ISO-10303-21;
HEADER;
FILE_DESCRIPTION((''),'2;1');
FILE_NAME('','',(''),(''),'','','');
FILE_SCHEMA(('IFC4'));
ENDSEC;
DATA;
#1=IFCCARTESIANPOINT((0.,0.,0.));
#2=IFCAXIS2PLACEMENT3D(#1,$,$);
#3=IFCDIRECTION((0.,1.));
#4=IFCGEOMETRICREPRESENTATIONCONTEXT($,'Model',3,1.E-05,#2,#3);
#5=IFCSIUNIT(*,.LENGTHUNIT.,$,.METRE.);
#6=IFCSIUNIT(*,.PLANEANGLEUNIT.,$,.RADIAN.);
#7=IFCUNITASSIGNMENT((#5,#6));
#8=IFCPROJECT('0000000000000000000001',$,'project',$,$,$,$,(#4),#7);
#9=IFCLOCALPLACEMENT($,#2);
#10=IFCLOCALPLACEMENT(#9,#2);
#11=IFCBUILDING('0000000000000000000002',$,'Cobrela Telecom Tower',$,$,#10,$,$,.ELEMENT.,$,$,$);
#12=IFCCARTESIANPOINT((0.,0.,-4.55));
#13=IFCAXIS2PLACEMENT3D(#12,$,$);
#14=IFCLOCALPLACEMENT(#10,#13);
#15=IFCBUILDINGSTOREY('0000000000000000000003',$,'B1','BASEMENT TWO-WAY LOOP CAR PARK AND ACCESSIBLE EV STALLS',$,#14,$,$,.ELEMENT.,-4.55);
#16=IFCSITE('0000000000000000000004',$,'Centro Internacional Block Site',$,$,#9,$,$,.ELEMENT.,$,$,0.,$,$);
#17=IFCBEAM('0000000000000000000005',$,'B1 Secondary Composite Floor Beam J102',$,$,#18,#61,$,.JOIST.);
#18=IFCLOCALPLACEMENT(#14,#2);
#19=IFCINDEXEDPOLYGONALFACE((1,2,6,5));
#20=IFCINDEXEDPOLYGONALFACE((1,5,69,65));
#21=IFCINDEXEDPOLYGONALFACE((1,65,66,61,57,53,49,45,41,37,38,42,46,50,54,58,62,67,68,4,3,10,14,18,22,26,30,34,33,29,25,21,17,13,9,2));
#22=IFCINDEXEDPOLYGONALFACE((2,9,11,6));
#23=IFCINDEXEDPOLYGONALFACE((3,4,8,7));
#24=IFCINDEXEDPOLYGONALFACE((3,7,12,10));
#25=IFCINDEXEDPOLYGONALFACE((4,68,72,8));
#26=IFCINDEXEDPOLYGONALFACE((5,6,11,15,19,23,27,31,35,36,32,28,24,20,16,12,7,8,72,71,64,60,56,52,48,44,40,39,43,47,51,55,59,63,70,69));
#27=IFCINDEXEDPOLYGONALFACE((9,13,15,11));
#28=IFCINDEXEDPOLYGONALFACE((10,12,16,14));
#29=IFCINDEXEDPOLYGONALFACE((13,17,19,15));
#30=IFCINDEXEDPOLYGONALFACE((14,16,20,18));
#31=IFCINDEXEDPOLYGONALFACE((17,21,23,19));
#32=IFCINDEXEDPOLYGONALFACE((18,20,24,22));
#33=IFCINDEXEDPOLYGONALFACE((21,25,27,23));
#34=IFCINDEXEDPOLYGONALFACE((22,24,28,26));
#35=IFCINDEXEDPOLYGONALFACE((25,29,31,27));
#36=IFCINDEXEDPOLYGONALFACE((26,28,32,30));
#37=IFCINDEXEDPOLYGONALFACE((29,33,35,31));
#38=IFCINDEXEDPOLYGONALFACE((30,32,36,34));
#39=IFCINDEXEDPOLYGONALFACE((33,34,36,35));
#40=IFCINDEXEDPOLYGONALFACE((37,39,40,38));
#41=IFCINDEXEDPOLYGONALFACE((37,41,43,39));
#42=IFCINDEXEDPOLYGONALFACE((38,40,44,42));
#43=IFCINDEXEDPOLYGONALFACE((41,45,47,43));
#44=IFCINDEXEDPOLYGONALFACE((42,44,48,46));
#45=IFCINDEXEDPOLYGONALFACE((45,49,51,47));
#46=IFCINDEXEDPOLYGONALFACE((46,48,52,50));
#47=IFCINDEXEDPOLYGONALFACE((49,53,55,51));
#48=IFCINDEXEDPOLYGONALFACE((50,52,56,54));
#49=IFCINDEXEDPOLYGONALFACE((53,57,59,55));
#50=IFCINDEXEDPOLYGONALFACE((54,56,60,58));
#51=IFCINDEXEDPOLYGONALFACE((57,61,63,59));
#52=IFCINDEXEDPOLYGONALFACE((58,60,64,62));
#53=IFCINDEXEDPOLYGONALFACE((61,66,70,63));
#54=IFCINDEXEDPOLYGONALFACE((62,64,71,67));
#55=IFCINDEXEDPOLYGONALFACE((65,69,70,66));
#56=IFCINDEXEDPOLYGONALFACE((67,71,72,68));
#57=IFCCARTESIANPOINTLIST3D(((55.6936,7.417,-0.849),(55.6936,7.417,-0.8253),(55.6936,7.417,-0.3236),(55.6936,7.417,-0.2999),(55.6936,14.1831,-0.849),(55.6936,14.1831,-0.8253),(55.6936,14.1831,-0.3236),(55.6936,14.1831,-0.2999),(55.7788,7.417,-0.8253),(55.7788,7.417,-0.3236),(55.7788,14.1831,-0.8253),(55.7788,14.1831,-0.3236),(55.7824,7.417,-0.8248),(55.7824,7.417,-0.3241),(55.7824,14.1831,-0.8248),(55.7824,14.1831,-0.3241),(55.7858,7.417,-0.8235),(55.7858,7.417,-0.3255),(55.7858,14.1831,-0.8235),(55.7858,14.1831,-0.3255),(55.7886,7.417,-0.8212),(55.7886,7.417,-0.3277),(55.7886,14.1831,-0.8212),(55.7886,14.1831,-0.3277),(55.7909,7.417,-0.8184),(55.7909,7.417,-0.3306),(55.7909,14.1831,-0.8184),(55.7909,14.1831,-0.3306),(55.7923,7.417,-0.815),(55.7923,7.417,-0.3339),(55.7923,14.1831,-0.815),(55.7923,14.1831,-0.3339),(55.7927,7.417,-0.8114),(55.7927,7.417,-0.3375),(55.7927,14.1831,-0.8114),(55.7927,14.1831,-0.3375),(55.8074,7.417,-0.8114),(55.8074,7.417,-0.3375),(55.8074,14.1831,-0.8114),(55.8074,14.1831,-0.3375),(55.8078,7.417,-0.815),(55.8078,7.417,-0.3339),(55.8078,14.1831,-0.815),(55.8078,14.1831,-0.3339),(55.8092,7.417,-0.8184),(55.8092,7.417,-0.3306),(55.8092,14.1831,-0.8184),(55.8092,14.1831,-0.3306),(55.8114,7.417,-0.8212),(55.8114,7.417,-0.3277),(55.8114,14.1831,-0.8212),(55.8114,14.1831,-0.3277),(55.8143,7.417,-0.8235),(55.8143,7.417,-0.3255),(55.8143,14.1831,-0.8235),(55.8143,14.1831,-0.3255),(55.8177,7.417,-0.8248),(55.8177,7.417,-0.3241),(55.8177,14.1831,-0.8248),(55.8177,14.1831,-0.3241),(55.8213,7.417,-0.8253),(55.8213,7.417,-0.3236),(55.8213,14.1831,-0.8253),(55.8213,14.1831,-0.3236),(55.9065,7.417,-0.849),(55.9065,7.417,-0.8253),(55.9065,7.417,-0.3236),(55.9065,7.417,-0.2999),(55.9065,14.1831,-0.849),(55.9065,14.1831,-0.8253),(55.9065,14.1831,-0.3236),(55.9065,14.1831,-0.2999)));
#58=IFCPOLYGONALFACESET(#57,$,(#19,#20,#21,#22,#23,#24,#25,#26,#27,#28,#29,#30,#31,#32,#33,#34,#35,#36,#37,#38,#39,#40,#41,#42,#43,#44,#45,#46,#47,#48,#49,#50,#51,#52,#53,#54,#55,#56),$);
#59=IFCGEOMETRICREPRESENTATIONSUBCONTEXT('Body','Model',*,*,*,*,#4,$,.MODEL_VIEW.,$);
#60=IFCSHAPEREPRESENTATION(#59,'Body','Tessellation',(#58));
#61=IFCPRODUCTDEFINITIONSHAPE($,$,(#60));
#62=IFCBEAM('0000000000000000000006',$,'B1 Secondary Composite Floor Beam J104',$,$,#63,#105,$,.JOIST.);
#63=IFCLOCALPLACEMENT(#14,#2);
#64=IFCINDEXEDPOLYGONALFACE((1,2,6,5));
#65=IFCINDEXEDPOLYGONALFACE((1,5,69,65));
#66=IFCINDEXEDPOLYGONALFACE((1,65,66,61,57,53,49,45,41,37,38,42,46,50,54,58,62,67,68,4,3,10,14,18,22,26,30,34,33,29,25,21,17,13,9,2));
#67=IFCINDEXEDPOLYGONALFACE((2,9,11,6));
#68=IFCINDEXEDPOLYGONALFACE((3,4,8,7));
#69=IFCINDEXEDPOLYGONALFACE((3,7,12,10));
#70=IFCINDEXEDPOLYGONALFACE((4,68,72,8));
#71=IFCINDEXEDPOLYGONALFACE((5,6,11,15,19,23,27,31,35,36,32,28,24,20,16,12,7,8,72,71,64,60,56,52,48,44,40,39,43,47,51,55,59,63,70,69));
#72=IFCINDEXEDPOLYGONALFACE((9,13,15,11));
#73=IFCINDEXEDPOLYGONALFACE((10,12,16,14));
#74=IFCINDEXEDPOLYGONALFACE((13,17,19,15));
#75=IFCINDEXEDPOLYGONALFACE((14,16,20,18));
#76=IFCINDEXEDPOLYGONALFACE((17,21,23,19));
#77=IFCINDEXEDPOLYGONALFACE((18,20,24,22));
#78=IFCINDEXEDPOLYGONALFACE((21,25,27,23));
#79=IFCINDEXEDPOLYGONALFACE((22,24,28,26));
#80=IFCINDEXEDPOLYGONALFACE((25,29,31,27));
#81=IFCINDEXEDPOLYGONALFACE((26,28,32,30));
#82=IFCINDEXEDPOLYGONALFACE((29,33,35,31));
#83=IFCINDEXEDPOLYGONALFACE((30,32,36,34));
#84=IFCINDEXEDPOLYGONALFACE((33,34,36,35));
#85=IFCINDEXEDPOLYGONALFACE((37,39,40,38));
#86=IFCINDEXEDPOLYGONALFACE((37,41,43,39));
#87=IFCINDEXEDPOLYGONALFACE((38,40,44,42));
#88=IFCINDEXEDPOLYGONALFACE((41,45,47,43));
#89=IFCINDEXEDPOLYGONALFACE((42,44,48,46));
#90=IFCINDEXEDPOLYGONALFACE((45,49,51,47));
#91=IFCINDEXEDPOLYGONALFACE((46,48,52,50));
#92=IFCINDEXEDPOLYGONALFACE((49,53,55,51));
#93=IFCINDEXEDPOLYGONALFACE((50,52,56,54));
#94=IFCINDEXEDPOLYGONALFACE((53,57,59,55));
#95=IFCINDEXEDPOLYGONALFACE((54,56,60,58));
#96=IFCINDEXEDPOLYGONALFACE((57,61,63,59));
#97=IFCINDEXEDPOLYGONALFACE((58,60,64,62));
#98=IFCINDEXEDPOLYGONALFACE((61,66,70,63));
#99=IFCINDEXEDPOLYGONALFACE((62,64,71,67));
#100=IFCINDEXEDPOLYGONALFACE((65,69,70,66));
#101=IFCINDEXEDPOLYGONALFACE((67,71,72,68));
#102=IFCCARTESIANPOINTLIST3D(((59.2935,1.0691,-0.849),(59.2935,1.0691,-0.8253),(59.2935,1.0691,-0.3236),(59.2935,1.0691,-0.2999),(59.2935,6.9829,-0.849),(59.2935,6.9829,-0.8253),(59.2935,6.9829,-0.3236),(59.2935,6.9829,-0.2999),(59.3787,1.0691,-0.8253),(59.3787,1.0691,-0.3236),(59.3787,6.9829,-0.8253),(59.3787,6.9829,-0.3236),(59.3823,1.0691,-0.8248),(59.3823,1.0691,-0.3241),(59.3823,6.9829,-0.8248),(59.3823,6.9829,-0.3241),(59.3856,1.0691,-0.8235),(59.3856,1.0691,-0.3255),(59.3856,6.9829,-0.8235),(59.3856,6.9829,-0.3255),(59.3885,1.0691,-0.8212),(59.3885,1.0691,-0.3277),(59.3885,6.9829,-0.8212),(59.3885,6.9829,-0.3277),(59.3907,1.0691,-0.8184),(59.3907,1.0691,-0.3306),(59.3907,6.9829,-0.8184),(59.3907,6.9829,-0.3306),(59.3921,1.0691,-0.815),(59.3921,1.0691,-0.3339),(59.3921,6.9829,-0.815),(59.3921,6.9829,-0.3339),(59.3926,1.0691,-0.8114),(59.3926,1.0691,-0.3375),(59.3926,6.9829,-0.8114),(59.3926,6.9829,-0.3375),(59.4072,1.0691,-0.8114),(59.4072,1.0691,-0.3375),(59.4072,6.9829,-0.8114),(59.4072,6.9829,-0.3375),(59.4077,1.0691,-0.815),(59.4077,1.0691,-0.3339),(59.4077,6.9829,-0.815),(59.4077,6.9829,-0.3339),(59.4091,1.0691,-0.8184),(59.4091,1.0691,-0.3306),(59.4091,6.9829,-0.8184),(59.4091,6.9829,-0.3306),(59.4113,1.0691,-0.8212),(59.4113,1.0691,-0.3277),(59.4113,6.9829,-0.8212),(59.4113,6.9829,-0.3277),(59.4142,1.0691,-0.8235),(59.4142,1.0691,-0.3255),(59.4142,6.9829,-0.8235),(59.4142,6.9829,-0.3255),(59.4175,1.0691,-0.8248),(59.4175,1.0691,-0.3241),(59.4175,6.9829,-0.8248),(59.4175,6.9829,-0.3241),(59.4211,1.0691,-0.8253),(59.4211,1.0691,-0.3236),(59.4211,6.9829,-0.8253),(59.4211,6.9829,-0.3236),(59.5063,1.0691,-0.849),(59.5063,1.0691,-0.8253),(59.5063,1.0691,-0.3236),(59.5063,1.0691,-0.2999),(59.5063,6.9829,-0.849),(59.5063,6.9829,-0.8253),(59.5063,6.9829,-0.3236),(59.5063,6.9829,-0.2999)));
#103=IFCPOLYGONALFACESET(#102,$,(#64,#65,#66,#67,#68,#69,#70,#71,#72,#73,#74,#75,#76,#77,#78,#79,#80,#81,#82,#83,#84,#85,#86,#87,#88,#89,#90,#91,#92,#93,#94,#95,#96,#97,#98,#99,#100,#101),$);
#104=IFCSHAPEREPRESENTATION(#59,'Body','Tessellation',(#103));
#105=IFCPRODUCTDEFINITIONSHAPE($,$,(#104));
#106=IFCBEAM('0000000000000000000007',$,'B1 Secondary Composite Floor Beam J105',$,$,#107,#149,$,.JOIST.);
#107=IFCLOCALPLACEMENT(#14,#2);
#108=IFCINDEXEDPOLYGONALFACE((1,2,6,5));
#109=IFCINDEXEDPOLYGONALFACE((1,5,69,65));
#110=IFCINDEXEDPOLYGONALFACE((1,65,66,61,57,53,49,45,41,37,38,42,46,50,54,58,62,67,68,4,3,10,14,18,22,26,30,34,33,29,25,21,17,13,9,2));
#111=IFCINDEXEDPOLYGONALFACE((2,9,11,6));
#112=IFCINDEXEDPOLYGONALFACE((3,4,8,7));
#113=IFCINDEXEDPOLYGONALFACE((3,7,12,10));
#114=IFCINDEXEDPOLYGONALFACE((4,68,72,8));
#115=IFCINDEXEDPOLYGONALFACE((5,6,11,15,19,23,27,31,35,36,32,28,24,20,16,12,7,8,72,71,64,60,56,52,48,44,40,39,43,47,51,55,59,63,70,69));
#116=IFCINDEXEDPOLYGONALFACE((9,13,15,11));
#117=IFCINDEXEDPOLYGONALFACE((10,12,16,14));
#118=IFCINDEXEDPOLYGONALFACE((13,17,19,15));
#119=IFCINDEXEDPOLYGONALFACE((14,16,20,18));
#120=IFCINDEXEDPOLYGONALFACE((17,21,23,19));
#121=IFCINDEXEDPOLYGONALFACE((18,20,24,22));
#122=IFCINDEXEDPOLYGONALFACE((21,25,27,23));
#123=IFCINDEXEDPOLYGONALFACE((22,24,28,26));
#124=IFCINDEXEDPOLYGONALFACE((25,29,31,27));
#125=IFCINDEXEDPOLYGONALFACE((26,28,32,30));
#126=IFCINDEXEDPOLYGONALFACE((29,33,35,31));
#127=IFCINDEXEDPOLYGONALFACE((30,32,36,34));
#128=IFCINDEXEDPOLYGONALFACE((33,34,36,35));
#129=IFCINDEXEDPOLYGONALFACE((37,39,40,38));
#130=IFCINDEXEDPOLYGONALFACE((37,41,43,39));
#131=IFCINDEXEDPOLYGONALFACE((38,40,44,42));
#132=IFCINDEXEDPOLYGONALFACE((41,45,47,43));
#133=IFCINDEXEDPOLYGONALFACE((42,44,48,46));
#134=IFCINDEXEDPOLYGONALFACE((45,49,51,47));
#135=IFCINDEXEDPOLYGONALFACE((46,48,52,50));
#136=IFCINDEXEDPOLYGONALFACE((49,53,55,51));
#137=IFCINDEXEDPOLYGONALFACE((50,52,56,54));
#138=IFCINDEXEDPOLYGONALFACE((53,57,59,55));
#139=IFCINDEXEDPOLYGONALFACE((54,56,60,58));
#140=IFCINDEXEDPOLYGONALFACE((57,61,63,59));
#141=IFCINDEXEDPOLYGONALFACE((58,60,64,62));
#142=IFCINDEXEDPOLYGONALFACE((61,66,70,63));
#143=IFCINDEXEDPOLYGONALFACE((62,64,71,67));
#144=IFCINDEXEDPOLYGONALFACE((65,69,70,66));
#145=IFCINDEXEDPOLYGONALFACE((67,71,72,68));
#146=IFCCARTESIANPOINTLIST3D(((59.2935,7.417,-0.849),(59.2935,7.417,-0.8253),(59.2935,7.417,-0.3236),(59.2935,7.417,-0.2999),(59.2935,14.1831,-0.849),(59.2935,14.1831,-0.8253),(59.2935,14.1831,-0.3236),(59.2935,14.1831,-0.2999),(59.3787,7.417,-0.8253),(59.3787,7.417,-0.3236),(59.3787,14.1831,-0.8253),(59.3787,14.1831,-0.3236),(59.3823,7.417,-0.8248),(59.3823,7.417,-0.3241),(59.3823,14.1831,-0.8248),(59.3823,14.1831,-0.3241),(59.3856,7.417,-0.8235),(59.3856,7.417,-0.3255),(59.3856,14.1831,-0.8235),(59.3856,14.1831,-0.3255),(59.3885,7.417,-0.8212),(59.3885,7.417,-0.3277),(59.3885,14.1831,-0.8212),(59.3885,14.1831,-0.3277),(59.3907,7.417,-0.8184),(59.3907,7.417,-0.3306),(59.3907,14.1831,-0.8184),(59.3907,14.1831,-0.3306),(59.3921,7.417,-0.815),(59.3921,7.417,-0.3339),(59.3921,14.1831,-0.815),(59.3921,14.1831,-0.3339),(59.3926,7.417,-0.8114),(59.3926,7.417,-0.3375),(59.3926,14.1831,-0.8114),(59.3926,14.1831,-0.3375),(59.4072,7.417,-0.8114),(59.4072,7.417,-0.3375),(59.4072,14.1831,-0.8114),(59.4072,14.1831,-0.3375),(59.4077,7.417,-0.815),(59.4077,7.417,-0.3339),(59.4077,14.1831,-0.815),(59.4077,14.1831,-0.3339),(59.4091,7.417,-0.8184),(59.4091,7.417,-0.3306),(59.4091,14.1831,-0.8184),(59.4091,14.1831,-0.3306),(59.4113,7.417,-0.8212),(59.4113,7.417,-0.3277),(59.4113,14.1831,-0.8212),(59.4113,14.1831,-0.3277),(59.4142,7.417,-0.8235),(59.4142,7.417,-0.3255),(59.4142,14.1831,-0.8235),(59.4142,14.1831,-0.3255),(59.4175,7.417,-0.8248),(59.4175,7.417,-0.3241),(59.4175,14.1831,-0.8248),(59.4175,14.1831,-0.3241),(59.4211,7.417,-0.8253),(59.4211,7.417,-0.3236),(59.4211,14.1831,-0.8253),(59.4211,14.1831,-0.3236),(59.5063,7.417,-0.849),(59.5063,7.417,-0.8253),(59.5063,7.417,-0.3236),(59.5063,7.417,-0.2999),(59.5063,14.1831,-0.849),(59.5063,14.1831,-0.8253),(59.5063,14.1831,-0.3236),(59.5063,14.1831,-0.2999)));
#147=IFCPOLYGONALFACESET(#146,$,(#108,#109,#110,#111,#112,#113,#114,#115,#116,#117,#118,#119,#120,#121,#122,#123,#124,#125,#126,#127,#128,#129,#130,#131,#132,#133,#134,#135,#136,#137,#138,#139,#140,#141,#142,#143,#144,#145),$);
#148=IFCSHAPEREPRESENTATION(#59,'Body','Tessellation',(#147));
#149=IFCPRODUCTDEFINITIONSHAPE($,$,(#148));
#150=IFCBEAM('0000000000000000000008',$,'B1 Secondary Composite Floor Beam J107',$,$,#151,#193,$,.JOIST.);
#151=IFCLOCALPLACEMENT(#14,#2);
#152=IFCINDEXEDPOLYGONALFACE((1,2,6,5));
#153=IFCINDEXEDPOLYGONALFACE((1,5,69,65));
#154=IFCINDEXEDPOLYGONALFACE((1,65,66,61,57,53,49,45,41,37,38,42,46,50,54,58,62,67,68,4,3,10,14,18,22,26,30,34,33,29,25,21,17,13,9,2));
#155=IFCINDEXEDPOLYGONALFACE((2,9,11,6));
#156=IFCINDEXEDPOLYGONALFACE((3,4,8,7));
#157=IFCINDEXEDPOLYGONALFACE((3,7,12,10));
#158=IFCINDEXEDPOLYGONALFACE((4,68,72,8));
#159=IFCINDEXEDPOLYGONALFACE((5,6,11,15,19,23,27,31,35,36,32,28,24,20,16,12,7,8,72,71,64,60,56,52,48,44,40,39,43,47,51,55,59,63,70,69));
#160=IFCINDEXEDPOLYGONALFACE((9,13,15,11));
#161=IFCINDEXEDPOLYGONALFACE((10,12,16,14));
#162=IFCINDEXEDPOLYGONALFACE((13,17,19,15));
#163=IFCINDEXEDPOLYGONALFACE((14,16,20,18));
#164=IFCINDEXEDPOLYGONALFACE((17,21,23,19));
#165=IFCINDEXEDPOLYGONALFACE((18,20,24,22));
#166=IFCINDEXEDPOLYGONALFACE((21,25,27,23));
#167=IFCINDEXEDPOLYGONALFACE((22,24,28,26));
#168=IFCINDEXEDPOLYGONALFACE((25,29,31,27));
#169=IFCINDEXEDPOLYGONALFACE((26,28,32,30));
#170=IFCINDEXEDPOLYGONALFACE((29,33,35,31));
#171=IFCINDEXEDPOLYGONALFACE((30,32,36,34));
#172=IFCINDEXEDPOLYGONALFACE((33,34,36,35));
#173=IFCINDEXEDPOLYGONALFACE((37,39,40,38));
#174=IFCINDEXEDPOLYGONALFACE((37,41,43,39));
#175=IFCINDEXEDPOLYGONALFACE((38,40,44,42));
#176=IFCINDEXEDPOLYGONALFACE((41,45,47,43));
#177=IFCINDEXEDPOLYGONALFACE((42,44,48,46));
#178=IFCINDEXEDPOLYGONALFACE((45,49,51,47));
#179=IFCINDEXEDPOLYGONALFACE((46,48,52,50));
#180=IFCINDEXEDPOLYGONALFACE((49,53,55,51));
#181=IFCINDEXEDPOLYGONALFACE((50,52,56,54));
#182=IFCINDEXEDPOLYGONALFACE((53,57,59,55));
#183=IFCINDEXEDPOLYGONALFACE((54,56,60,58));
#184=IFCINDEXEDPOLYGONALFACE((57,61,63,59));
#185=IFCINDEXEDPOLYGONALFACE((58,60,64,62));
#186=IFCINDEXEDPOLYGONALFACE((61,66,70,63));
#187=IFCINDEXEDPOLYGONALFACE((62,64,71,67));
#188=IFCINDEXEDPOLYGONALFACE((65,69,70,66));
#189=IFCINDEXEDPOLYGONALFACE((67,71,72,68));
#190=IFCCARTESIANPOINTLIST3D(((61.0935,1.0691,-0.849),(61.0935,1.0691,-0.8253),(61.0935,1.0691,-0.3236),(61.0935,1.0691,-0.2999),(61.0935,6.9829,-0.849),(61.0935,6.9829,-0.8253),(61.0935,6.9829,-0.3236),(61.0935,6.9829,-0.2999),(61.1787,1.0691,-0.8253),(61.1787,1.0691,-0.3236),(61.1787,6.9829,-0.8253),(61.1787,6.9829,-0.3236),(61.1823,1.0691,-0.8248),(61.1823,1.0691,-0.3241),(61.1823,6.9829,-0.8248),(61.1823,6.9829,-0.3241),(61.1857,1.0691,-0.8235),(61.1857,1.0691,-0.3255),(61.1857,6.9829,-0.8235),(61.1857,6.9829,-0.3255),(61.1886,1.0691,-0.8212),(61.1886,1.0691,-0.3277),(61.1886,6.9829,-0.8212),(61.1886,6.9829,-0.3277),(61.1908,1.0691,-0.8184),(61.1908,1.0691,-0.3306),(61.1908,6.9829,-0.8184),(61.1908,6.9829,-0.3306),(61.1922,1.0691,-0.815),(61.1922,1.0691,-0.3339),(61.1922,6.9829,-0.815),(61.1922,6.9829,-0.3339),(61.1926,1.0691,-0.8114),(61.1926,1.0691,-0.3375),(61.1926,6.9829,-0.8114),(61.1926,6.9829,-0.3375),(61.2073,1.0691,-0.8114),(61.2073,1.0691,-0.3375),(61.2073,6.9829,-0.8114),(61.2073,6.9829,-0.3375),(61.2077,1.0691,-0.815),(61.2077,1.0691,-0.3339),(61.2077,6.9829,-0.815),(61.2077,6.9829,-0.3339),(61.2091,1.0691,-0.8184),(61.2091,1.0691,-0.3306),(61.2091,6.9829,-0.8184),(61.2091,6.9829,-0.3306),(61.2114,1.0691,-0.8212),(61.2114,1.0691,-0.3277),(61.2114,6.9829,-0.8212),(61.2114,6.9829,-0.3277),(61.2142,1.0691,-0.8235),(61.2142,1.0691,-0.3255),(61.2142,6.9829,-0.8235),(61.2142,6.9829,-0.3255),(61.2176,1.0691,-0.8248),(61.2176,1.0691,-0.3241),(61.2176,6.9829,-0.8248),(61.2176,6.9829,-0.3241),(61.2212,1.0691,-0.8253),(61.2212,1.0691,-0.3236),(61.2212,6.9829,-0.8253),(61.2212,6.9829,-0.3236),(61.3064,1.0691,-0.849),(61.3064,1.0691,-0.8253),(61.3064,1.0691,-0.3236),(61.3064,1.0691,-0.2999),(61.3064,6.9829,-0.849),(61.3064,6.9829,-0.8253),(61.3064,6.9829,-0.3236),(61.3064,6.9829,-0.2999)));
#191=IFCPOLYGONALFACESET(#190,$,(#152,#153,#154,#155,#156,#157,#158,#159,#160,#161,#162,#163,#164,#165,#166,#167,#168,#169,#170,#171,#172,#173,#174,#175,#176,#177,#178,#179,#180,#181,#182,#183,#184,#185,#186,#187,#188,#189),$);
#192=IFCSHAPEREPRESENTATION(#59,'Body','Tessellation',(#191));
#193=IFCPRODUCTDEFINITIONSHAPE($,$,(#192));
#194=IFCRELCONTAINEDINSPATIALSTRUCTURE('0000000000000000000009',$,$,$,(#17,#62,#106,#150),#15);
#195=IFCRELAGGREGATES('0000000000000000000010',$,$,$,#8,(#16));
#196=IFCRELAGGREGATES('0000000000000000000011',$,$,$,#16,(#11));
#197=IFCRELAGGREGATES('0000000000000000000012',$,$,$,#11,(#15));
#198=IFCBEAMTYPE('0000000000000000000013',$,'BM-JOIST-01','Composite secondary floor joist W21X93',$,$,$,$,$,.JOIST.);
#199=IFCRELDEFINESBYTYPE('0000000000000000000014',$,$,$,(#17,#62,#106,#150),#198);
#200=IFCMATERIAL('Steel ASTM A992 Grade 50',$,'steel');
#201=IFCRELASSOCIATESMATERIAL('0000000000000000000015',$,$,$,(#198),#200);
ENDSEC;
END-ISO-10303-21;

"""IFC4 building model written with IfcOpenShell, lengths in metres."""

from ifc_helpers import new_model, si_unit, direction, frame, origin, origin_2d, place, context, subcontext, project, spatial, i_section, extrude, material, material_profile, profile_set, type_object, element, save


model = new_model("IFC4")

# Units and contexts
model_context = context("Model", 3, precision=1e-05, world=origin(), true_north=direction((0.0, 1.0)))
body_context = subcontext(model_context, "Body", "Model", "MODEL_VIEW")
ifc_project = project(units=[si_unit("LENGTHUNIT", "METRE"), si_unit("PLANEANGLEUNIT", "RADIAN")], contexts=[model_context])

# Site, building, storey
site_placement = place(None, origin())
site = spatial("IfcSite", under=ifc_project, at=site_placement, Name="Centro Internacional Block Site", CompositionType="ELEMENT", RefElevation=0.0)
building_placement = place(site_placement, origin())
building = spatial("IfcBuilding", under=site, at=building_placement, Name="Cobrela Telecom Tower", CompositionType="ELEMENT")
storey_placement = place(building_placement, frame((0.0, 0.0, -4.55)))
storey = spatial("IfcBuildingStorey", under=building, at=storey_placement, Name="B1", Description="BASEMENT TWO-WAY LOOP CAR PARK AND ACCESSIBLE EV STALLS", CompositionType="ELEMENT", Elevation=-4.55)

# Beams
ifc_material_1 = material(Name="Steel ASTM A992 Grade 50", Category="steel")
ifc_material_profile_1 = material_profile(ifc_material_1, i_section(OverallWidth=0.2129, OverallDepth=0.5491, WebThickness=0.0146, FlangeThickness=0.0237, FilletRadius=0.0139, at=origin_2d()), Name="W21X93")
ifc_profile_set_1 = profile_set([ifc_material_profile_1], Name="Steel ASTM A992 Grade 50")
beam_type_1 = type_object("IfcBeamType", Name="BM-JOIST-01", Description="Composite secondary floor joist W21X93", PredefinedType="JOIST", material=ifc_profile_set_1)
beam_1_placement = place(storey_placement, frame((55.8, 7.417, -0.5745), z_axis=(0.0, 1.0, 0.0), x_axis=(-1.0, 0.0, 0.0)))
element("IfcBeam", 1, at=beam_1_placement, inside=storey, type_object=beam_type_1, Name="B1 Secondary Composite Floor Beam J102", PredefinedType="JOIST", context=body_context, shape_type="SweptSolid", body=[
    extrude(i_section(OverallWidth=0.2129, OverallDepth=0.5491, WebThickness=0.0146, FlangeThickness=0.0237, FilletRadius=0.0139, at=origin_2d()), origin(), (0.0, 0.0, 1.0), 6.7661),
])
beam_2_placement = place(storey_placement, frame((59.3999, 1.0691, -0.5745), z_axis=(0.0, 1.0, 0.0), x_axis=(-1.0, 0.0, 0.0)))
element("IfcBeam", 2, at=beam_2_placement, inside=storey, type_object=beam_type_1, Name="B1 Secondary Composite Floor Beam J104", PredefinedType="JOIST", context=body_context, shape_type="SweptSolid", body=[
    extrude(i_section(OverallWidth=0.2129, OverallDepth=0.5491, WebThickness=0.0146, FlangeThickness=0.0237, FilletRadius=0.0139, at=origin_2d()), origin(), (0.0, 0.0, 1.0), 5.9138),
])
beam_3_placement = place(storey_placement, frame((59.3999, 7.417, -0.5745), z_axis=(0.0, 1.0, 0.0), x_axis=(-1.0, 0.0, 0.0)))
element("IfcBeam", 3, at=beam_3_placement, inside=storey, type_object=beam_type_1, Name="B1 Secondary Composite Floor Beam J105", PredefinedType="JOIST", context=body_context, shape_type="SweptSolid", body=[
    extrude(i_section(OverallWidth=0.2129, OverallDepth=0.5491, WebThickness=0.0146, FlangeThickness=0.0237, FilletRadius=0.0139, at=origin_2d()), origin(), (0.0, 0.0, 1.0), 6.7661),
])
beam_4_placement = place(storey_placement, frame((61.2, 1.0691, -0.5745), z_axis=(0.0, 1.0, 0.0), x_axis=(-1.0, 0.0, 0.0)))
element("IfcBeam", 4, at=beam_4_placement, inside=storey, type_object=beam_type_1, Name="B1 Secondary Composite Floor Beam J107", PredefinedType="JOIST", context=body_context, shape_type="SweptSolid", body=[
    extrude(i_section(OverallWidth=0.2129, OverallDepth=0.5491, WebThickness=0.0146, FlangeThickness=0.0237, FilletRadius=0.0139, at=origin_2d()), origin(), (0.0, 0.0, 1.0), 5.9138),
])

save(model, "model.ifc")
